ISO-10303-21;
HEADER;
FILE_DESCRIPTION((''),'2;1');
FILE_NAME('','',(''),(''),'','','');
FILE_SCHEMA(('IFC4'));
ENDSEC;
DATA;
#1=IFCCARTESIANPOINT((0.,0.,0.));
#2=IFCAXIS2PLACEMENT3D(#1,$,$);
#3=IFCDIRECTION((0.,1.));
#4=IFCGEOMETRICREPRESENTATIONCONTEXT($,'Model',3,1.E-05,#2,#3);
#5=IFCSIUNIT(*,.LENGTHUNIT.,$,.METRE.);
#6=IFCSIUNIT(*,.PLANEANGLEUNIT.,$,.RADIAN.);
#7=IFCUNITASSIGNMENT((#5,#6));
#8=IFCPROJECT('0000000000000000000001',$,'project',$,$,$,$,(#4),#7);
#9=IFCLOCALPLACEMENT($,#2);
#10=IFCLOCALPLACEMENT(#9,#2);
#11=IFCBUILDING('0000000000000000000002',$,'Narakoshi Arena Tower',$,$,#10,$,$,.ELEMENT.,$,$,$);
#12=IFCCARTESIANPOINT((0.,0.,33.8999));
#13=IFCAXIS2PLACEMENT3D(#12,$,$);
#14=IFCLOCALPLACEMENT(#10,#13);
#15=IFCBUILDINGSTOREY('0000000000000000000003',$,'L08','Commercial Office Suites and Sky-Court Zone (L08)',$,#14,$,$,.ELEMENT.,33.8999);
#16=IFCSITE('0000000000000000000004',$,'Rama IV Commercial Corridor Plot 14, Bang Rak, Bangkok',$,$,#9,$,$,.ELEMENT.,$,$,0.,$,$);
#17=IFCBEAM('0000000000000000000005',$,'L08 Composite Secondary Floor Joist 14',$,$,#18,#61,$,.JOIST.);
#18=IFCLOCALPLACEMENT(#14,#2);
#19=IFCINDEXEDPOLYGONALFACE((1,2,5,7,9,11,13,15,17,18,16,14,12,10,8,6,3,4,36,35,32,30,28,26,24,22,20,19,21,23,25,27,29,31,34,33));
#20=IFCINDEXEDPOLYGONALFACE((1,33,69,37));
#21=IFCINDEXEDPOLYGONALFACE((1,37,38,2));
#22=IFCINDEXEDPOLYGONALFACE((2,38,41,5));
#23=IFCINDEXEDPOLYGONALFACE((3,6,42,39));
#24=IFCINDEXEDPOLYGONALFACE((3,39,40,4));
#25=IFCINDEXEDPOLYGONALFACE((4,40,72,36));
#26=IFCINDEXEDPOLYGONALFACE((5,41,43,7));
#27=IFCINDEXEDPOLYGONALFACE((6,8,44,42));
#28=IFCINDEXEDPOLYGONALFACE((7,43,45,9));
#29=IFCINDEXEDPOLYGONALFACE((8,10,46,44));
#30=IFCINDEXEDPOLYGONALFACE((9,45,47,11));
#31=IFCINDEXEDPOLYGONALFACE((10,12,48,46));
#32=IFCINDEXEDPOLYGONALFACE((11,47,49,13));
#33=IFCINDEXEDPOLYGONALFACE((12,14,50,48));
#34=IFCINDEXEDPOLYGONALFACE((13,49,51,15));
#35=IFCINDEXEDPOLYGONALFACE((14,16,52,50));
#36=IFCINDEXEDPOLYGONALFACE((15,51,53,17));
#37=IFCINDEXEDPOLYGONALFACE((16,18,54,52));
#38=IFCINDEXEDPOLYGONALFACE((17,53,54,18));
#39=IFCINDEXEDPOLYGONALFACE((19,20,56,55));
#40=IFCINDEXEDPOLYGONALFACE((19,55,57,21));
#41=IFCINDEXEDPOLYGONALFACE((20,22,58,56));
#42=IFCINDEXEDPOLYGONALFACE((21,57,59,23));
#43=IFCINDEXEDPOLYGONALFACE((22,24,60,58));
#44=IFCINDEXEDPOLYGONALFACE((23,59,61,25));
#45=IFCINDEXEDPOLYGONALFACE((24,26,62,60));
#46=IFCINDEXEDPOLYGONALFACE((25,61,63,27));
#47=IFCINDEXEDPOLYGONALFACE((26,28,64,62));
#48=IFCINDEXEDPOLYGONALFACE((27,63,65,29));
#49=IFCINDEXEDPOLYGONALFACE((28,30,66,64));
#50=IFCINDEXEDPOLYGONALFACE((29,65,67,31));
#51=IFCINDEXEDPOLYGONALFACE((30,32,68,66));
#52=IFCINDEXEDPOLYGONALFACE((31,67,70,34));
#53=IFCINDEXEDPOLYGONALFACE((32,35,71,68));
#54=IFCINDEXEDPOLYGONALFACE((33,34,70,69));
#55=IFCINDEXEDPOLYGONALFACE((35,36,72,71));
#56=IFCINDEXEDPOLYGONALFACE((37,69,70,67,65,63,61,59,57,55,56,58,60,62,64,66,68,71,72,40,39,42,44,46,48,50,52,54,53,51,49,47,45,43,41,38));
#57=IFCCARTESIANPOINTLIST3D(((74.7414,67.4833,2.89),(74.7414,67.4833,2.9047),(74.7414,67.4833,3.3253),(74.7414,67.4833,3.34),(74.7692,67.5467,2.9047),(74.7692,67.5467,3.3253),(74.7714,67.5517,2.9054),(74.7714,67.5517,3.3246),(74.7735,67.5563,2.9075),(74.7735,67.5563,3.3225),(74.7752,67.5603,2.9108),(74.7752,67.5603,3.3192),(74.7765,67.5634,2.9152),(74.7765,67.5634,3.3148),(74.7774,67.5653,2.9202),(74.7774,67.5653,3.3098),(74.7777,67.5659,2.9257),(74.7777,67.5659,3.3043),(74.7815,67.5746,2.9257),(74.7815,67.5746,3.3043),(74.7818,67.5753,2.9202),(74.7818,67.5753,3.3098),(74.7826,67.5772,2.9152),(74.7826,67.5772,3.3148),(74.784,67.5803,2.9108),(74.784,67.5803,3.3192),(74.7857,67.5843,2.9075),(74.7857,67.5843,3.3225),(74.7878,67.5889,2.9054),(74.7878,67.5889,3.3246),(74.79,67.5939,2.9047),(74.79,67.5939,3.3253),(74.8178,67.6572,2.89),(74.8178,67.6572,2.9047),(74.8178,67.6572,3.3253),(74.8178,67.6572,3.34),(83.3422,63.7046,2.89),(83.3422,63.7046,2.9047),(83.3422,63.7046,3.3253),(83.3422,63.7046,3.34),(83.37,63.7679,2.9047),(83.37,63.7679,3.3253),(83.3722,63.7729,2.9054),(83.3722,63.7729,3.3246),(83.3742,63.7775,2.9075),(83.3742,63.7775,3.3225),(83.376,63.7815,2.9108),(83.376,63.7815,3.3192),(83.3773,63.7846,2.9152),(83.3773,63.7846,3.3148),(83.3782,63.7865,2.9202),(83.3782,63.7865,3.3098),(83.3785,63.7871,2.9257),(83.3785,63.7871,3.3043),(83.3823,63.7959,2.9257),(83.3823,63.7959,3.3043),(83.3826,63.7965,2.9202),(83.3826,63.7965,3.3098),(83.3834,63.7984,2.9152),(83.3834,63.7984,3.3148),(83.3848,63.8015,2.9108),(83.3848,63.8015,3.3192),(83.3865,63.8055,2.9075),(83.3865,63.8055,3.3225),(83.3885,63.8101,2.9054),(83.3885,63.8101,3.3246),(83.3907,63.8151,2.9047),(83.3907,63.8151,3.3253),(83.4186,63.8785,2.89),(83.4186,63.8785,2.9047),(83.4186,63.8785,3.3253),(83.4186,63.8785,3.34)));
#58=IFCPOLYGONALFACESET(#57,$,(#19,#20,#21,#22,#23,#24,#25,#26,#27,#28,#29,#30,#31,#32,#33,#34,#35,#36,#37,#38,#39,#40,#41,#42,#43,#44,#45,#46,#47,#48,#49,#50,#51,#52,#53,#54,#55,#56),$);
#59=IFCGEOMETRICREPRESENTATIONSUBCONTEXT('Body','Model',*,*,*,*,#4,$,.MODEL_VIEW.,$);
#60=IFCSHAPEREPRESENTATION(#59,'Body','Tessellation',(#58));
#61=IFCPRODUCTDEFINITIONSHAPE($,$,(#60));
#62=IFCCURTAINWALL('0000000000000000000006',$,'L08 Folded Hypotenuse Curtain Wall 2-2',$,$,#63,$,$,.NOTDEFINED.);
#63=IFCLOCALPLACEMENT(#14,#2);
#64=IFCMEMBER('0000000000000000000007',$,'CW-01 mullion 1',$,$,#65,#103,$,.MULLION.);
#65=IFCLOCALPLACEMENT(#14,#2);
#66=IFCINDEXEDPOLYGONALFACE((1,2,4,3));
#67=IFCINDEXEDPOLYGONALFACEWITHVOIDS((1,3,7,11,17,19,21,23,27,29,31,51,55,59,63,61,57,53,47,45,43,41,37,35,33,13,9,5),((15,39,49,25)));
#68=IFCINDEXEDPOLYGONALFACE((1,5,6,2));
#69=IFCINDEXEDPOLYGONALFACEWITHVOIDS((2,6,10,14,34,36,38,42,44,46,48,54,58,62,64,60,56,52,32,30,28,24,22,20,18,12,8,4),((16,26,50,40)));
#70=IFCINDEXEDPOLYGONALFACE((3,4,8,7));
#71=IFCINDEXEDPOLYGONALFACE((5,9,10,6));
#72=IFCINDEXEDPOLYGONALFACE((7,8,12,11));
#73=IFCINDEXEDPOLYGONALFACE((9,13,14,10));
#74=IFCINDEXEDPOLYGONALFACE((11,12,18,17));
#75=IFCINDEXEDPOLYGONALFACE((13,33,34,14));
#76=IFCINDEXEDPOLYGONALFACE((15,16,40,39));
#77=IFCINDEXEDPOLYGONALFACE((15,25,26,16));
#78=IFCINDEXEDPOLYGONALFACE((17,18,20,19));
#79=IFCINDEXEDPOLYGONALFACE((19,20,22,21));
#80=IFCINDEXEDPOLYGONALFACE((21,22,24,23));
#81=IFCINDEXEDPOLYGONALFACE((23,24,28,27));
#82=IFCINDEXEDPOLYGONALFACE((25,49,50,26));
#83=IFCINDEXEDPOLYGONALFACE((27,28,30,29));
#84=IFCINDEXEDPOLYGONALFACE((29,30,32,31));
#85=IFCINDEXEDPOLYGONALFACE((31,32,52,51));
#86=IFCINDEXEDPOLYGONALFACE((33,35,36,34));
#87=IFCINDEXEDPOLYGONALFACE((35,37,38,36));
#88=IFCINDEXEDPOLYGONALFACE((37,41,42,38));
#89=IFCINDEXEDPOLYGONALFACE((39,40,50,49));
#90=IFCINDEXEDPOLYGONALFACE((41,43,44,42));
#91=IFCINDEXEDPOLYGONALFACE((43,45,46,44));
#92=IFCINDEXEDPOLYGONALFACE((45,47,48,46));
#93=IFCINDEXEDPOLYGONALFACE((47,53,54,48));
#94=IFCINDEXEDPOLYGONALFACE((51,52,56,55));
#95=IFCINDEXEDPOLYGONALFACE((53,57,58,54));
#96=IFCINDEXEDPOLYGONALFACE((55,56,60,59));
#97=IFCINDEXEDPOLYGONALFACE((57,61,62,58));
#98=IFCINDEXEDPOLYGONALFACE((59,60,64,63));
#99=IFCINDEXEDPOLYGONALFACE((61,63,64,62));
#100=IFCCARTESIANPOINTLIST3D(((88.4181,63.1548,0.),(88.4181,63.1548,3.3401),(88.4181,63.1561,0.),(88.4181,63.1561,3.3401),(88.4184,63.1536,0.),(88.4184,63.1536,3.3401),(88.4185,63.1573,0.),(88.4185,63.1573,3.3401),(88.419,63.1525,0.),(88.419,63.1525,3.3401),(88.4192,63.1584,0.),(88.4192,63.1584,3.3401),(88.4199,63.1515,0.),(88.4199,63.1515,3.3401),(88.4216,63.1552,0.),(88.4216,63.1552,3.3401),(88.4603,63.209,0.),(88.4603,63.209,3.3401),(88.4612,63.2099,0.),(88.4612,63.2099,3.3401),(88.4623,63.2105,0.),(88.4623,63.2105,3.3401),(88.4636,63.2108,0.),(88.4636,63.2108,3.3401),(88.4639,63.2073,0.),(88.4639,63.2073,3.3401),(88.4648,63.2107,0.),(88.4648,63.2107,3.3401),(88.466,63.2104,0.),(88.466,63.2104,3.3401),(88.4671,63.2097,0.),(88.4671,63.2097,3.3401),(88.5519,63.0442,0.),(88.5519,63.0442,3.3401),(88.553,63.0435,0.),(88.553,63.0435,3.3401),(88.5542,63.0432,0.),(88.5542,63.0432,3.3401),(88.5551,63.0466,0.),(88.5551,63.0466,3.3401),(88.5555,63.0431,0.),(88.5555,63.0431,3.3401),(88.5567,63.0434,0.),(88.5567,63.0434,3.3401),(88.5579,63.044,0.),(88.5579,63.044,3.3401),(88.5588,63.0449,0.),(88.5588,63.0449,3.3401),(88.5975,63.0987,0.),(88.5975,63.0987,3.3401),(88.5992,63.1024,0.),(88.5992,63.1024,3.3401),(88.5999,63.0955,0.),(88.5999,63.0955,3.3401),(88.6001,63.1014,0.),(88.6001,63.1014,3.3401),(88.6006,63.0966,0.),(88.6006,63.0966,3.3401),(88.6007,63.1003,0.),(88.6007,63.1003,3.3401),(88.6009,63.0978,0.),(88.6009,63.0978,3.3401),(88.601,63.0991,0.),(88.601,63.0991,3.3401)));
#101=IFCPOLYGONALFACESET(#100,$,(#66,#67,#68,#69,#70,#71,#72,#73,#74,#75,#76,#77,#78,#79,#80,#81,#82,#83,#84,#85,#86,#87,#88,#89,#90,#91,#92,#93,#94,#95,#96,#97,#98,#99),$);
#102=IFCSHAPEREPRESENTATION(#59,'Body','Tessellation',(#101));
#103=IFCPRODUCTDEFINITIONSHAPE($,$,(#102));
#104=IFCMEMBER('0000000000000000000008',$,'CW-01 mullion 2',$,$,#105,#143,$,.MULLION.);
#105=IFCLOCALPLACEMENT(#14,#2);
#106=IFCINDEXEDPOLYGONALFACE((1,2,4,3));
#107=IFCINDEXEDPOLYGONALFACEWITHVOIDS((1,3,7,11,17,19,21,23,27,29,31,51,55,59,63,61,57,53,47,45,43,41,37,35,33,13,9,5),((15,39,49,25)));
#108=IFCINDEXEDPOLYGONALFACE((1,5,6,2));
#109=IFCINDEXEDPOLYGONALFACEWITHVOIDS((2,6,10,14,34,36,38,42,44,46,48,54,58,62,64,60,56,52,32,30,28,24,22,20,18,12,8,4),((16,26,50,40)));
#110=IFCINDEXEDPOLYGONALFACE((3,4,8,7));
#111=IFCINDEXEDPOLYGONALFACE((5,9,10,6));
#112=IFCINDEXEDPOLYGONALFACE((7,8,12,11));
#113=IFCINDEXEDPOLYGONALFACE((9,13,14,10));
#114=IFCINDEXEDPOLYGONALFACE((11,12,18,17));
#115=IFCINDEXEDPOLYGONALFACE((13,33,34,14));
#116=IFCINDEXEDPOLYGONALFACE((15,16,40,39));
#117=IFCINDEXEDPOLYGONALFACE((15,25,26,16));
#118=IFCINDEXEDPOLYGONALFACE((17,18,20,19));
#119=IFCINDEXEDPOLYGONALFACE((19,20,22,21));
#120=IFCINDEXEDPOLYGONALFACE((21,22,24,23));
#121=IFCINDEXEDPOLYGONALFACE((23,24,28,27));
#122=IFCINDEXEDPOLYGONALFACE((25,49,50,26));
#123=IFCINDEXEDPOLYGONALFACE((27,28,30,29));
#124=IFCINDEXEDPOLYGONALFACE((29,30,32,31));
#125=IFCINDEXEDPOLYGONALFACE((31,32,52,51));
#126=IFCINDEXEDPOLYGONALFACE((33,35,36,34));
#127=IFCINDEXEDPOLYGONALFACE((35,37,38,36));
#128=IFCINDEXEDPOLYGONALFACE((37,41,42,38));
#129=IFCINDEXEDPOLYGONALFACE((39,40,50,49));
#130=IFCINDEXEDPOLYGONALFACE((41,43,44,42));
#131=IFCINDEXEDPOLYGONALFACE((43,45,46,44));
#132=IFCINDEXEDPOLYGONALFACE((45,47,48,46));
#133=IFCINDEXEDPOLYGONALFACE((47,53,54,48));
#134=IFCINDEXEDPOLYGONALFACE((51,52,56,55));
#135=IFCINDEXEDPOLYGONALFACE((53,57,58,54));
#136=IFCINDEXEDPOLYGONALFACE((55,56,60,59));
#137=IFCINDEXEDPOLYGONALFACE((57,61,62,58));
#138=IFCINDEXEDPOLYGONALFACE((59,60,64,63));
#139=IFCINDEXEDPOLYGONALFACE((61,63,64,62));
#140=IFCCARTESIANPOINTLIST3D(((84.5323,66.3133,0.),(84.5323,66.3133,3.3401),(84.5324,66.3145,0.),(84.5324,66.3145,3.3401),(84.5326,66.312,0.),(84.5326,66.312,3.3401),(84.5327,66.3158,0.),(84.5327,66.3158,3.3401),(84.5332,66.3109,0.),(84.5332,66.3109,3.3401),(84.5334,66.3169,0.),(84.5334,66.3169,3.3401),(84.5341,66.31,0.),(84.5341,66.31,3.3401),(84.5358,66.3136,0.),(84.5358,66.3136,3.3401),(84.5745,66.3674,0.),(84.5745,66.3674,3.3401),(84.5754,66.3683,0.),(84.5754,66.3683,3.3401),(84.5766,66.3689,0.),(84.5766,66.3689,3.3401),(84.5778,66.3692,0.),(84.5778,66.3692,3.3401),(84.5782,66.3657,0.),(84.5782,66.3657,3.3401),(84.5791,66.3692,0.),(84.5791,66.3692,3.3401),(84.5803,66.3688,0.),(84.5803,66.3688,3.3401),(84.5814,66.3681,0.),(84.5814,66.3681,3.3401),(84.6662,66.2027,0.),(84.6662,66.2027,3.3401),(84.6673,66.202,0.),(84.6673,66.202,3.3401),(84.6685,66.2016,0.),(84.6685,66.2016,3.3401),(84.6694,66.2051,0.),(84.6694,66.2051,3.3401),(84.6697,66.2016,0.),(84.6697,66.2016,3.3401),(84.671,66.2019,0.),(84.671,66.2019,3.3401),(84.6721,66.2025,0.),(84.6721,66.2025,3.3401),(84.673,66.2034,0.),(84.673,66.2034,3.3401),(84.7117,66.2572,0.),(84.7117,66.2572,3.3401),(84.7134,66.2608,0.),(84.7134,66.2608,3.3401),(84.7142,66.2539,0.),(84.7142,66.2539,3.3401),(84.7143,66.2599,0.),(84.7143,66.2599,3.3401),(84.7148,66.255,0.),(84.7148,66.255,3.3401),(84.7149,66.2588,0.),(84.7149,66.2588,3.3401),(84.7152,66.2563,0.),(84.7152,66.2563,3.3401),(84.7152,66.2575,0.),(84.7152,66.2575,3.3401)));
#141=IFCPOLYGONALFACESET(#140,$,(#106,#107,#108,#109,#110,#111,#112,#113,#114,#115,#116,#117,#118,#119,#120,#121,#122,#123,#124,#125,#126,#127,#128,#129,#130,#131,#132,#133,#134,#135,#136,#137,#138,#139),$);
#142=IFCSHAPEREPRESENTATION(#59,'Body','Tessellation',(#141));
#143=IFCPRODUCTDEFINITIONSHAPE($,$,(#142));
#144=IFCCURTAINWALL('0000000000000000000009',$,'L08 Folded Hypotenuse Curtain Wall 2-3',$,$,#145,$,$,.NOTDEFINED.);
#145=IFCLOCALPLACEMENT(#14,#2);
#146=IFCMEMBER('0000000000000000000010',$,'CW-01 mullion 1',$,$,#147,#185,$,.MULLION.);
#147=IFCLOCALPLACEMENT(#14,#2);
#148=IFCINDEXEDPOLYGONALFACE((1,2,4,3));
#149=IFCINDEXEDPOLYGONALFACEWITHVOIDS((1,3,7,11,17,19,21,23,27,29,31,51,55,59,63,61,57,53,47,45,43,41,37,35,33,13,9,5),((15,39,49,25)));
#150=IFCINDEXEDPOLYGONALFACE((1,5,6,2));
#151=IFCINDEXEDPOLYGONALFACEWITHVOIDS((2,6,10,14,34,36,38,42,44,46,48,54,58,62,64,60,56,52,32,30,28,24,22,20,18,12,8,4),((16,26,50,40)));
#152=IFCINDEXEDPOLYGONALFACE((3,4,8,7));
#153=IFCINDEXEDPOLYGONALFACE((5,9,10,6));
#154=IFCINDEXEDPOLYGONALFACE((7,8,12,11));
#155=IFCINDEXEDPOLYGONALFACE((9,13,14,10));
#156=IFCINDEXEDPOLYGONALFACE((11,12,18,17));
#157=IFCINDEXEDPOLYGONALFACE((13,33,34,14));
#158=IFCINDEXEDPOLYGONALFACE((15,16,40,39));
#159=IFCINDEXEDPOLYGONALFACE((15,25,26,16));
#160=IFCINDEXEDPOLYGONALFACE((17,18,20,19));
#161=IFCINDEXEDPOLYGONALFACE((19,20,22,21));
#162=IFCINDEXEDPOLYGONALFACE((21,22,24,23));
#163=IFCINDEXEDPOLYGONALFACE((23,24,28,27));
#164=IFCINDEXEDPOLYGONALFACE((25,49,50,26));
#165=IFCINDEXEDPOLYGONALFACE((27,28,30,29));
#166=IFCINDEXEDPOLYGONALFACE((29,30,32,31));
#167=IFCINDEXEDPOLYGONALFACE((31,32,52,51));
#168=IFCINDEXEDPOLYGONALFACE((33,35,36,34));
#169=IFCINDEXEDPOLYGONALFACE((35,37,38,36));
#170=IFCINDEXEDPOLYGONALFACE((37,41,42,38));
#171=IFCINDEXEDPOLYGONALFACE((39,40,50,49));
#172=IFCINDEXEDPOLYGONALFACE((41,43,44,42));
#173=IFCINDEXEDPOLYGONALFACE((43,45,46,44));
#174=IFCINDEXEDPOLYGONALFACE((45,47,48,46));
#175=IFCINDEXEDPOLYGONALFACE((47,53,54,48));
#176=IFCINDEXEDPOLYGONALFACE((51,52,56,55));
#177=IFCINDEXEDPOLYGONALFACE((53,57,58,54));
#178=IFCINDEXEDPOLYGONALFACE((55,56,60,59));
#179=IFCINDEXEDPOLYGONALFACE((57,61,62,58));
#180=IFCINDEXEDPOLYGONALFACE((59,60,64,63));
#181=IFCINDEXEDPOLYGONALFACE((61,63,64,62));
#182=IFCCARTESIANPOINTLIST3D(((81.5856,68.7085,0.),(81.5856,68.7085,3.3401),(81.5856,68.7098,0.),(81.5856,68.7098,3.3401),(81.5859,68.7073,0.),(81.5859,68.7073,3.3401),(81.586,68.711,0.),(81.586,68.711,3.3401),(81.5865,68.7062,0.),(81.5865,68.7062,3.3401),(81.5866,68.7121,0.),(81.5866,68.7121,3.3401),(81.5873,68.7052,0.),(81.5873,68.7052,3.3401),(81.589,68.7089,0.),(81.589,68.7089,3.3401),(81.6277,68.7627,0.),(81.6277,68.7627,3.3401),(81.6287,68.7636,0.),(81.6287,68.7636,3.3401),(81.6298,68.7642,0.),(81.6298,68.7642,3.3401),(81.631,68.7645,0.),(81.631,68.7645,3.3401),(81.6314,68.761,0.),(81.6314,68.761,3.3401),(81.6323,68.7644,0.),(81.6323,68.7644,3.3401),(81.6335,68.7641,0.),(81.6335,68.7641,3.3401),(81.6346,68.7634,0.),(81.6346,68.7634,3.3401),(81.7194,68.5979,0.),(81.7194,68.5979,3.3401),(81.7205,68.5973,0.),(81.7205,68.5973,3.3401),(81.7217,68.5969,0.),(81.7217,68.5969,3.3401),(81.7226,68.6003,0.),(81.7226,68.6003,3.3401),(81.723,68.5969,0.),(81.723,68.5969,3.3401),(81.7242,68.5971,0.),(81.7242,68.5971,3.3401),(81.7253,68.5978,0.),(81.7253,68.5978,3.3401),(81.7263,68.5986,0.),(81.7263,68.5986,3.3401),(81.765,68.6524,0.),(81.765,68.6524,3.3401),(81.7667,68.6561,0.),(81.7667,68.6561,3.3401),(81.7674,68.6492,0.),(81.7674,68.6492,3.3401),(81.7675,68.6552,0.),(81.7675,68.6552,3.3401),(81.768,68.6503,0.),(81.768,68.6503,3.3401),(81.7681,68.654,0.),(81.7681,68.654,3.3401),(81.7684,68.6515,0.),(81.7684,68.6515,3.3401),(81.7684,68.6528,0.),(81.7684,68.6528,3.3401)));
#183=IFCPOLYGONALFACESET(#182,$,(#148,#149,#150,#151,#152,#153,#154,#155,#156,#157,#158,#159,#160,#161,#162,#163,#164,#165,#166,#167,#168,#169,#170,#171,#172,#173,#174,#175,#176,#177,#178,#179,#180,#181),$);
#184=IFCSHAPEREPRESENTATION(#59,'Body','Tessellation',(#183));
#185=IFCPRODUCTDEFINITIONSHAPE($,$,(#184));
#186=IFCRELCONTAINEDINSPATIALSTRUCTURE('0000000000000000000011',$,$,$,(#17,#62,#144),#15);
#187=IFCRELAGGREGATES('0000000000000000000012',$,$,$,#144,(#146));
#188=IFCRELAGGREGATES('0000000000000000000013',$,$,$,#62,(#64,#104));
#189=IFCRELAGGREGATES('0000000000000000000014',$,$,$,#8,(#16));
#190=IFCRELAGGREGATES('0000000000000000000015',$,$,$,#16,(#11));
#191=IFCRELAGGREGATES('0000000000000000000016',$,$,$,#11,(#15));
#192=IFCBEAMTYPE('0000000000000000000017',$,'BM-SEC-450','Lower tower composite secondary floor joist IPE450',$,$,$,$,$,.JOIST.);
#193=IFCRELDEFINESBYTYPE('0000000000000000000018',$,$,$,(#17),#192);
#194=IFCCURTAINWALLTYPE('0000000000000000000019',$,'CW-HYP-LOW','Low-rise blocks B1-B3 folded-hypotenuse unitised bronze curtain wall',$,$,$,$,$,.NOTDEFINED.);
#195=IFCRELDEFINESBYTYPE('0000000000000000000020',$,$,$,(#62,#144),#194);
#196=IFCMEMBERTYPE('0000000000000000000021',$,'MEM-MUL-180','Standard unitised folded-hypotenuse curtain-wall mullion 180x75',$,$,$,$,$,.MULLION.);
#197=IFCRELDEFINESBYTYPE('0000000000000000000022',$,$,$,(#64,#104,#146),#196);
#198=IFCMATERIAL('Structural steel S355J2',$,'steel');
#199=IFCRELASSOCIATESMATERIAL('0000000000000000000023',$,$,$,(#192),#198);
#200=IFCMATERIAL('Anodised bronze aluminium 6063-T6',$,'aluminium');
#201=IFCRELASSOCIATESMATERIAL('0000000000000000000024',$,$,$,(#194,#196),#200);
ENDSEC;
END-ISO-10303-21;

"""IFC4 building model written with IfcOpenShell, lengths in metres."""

from ifc_helpers import new_model, si_unit, direction, frame, origin, origin_2d, place, context, subcontext, project, spatial, hollow_rectangle, i_section, extrude, material, material_profile, profile_set, type_object, element, aggregate, save


model = new_model("IFC4")

# Units and contexts
model_context = context("Model", 3, precision=1e-05, world=origin(), true_north=direction((0.0, 1.0)))
body_context = subcontext(model_context, "Body", "Model", "MODEL_VIEW")
ifc_project = project(units=[si_unit("LENGTHUNIT", "METRE"), si_unit("PLANEANGLEUNIT", "RADIAN")], contexts=[model_context])

# Site, building, storey
site_placement = place(None, origin())
site = spatial("IfcSite", under=ifc_project, at=site_placement, Name="Rama IV Commercial Corridor Plot 14, Bang Rak, Bangkok", CompositionType="ELEMENT", RefElevation=0.0)
building_placement = place(site_placement, origin())
building = spatial("IfcBuilding", under=site, at=building_placement, Name="Narakoshi Arena Tower", CompositionType="ELEMENT")
storey_placement = place(building_placement, frame((0.0, 0.0, 33.8999)))
storey = spatial("IfcBuildingStorey", under=building, at=storey_placement, Name="L08", Description="Commercial Office Suites and Sky-Court Zone (L08)", CompositionType="ELEMENT", Elevation=33.8999)

# Beam
ifc_material_1 = material(Name="Structural steel S355J2", Category="steel")
ifc_material_profile_1 = material_profile(ifc_material_1, i_section(OverallWidth=0.1899, OverallDepth=0.45, WebThickness=0.0095, FlangeThickness=0.0146, FilletRadius=0.021, at=origin_2d()), Name="IPE450")
ifc_profile_set_1 = profile_set([ifc_material_profile_1], Name="Structural steel S355J2")
beam_type_1 = type_object("IfcBeamType", Name="BM-SEC-450", Description="Lower tower composite secondary floor joist IPE450", PredefinedType="JOIST", material=ifc_profile_set_1)
beam_1_placement = place(storey_placement, frame((83.3804, 63.7915, 3.115), z_axis=(-0.915533, 0.402243, 0.0), x_axis=(-0.402243, -0.915533, 0.0)))
element("IfcBeam", 1, at=beam_1_placement, inside=storey, type_object=beam_type_1, Name="L08 Composite Secondary Floor Joist 14", PredefinedType="JOIST", context=body_context, shape_type="SweptSolid", body=[
    extrude(i_section(OverallWidth=0.1899, OverallDepth=0.45, WebThickness=0.0095, FlangeThickness=0.0146, FilletRadius=0.021, at=origin_2d()), origin(), (0.0, 0.0, 1.0), 9.3943),
])

# Curtain wall, members
ifc_material_2 = material(Name="Anodised bronze aluminium 6063-T6", Category="aluminium")
curtain_wall_type = type_object("IfcCurtainWallType", Name="CW-HYP-LOW", Description="Low-rise blocks B1-B3 folded-hypotenuse unitised bronze curtain wall", PredefinedType="NOTDEFINED", material=ifc_material_2)
curtain_wall_1_placement = place(storey_placement, origin())
curtain_wall_1 = element("IfcCurtainWall", 2, at=curtain_wall_1_placement, inside=storey, type_object=curtain_wall_type, Name="L08 Folded Hypotenuse Curtain Wall 2-2", PredefinedType="NOTDEFINED")
ifc_material_profile_2 = material_profile(ifc_material_2, hollow_rectangle(XDim=0.075, YDim=0.1799, WallThickness=0.0039, OuterFilletRadius=0.0049, at=origin_2d()), Name="MUL180x75x4")
ifc_profile_set_2 = profile_set([ifc_material_profile_2], Name="Anodised bronze aluminium 6063-T6")
member_type_1 = type_object("IfcMemberType", Name="MEM-MUL-180", Description="Standard unitised folded-hypotenuse curtain-wall mullion 180x75", PredefinedType="MULLION", material=ifc_profile_set_2)
member_1_placement = place(storey_placement, frame((88.5095, 63.127, 0.0), z_axis=(0.0, 0.0, 1.0), x_axis=(-0.630735, -0.775998, 0.0)))
member_1 = element("IfcMember", 3, at=member_1_placement, type_object=member_type_1, Name="CW-01 mullion 1", PredefinedType="MULLION", context=body_context, shape_type="SweptSolid", body=[
    extrude(hollow_rectangle(XDim=0.075, YDim=0.1799, WallThickness=0.0039, OuterFilletRadius=0.0049, at=origin_2d()), origin(), (0.0, 0.0, 1.0), 3.3401),
])
member_2_placement = place(storey_placement, frame((84.6238, 66.2854, 0.0), z_axis=(0.0, 0.0, 1.0), x_axis=(-0.630735, -0.775998, 0.0)))
member_2 = element("IfcMember", 4, at=member_2_placement, type_object=member_type_1, Name="CW-01 mullion 2", PredefinedType="MULLION", context=body_context, shape_type="SweptSolid", body=[
    extrude(hollow_rectangle(XDim=0.075, YDim=0.1799, WallThickness=0.0039, OuterFilletRadius=0.0049, at=origin_2d()), origin(), (0.0, 0.0, 1.0), 3.3401),
])

# Curtain wall, member
curtain_wall_2_placement = place(storey_placement, origin())
curtain_wall_2 = element("IfcCurtainWall", 5, at=curtain_wall_2_placement, inside=storey, type_object=curtain_wall_type, Name="L08 Folded Hypotenuse Curtain Wall 2-3", PredefinedType="NOTDEFINED")
member_3_placement = place(storey_placement, frame((81.677, 68.6807, 0.0), z_axis=(0.0, 0.0, 1.0), x_axis=(-0.630723, -0.776008, 0.0)))
member_3 = element("IfcMember", 6, at=member_3_placement, type_object=member_type_1, Name="CW-01 mullion 1", PredefinedType="MULLION", context=body_context, shape_type="SweptSolid", body=[
    extrude(hollow_rectangle(XDim=0.075, YDim=0.1799, WallThickness=0.0039, OuterFilletRadius=0.0049, at=origin_2d()), origin(), (0.0, 0.0, 1.0), 3.3401),
])

aggregate(curtain_wall_2, [member_3])

aggregate(curtain_wall_1, [member_1, member_2])

save(model, "model.ifc")
